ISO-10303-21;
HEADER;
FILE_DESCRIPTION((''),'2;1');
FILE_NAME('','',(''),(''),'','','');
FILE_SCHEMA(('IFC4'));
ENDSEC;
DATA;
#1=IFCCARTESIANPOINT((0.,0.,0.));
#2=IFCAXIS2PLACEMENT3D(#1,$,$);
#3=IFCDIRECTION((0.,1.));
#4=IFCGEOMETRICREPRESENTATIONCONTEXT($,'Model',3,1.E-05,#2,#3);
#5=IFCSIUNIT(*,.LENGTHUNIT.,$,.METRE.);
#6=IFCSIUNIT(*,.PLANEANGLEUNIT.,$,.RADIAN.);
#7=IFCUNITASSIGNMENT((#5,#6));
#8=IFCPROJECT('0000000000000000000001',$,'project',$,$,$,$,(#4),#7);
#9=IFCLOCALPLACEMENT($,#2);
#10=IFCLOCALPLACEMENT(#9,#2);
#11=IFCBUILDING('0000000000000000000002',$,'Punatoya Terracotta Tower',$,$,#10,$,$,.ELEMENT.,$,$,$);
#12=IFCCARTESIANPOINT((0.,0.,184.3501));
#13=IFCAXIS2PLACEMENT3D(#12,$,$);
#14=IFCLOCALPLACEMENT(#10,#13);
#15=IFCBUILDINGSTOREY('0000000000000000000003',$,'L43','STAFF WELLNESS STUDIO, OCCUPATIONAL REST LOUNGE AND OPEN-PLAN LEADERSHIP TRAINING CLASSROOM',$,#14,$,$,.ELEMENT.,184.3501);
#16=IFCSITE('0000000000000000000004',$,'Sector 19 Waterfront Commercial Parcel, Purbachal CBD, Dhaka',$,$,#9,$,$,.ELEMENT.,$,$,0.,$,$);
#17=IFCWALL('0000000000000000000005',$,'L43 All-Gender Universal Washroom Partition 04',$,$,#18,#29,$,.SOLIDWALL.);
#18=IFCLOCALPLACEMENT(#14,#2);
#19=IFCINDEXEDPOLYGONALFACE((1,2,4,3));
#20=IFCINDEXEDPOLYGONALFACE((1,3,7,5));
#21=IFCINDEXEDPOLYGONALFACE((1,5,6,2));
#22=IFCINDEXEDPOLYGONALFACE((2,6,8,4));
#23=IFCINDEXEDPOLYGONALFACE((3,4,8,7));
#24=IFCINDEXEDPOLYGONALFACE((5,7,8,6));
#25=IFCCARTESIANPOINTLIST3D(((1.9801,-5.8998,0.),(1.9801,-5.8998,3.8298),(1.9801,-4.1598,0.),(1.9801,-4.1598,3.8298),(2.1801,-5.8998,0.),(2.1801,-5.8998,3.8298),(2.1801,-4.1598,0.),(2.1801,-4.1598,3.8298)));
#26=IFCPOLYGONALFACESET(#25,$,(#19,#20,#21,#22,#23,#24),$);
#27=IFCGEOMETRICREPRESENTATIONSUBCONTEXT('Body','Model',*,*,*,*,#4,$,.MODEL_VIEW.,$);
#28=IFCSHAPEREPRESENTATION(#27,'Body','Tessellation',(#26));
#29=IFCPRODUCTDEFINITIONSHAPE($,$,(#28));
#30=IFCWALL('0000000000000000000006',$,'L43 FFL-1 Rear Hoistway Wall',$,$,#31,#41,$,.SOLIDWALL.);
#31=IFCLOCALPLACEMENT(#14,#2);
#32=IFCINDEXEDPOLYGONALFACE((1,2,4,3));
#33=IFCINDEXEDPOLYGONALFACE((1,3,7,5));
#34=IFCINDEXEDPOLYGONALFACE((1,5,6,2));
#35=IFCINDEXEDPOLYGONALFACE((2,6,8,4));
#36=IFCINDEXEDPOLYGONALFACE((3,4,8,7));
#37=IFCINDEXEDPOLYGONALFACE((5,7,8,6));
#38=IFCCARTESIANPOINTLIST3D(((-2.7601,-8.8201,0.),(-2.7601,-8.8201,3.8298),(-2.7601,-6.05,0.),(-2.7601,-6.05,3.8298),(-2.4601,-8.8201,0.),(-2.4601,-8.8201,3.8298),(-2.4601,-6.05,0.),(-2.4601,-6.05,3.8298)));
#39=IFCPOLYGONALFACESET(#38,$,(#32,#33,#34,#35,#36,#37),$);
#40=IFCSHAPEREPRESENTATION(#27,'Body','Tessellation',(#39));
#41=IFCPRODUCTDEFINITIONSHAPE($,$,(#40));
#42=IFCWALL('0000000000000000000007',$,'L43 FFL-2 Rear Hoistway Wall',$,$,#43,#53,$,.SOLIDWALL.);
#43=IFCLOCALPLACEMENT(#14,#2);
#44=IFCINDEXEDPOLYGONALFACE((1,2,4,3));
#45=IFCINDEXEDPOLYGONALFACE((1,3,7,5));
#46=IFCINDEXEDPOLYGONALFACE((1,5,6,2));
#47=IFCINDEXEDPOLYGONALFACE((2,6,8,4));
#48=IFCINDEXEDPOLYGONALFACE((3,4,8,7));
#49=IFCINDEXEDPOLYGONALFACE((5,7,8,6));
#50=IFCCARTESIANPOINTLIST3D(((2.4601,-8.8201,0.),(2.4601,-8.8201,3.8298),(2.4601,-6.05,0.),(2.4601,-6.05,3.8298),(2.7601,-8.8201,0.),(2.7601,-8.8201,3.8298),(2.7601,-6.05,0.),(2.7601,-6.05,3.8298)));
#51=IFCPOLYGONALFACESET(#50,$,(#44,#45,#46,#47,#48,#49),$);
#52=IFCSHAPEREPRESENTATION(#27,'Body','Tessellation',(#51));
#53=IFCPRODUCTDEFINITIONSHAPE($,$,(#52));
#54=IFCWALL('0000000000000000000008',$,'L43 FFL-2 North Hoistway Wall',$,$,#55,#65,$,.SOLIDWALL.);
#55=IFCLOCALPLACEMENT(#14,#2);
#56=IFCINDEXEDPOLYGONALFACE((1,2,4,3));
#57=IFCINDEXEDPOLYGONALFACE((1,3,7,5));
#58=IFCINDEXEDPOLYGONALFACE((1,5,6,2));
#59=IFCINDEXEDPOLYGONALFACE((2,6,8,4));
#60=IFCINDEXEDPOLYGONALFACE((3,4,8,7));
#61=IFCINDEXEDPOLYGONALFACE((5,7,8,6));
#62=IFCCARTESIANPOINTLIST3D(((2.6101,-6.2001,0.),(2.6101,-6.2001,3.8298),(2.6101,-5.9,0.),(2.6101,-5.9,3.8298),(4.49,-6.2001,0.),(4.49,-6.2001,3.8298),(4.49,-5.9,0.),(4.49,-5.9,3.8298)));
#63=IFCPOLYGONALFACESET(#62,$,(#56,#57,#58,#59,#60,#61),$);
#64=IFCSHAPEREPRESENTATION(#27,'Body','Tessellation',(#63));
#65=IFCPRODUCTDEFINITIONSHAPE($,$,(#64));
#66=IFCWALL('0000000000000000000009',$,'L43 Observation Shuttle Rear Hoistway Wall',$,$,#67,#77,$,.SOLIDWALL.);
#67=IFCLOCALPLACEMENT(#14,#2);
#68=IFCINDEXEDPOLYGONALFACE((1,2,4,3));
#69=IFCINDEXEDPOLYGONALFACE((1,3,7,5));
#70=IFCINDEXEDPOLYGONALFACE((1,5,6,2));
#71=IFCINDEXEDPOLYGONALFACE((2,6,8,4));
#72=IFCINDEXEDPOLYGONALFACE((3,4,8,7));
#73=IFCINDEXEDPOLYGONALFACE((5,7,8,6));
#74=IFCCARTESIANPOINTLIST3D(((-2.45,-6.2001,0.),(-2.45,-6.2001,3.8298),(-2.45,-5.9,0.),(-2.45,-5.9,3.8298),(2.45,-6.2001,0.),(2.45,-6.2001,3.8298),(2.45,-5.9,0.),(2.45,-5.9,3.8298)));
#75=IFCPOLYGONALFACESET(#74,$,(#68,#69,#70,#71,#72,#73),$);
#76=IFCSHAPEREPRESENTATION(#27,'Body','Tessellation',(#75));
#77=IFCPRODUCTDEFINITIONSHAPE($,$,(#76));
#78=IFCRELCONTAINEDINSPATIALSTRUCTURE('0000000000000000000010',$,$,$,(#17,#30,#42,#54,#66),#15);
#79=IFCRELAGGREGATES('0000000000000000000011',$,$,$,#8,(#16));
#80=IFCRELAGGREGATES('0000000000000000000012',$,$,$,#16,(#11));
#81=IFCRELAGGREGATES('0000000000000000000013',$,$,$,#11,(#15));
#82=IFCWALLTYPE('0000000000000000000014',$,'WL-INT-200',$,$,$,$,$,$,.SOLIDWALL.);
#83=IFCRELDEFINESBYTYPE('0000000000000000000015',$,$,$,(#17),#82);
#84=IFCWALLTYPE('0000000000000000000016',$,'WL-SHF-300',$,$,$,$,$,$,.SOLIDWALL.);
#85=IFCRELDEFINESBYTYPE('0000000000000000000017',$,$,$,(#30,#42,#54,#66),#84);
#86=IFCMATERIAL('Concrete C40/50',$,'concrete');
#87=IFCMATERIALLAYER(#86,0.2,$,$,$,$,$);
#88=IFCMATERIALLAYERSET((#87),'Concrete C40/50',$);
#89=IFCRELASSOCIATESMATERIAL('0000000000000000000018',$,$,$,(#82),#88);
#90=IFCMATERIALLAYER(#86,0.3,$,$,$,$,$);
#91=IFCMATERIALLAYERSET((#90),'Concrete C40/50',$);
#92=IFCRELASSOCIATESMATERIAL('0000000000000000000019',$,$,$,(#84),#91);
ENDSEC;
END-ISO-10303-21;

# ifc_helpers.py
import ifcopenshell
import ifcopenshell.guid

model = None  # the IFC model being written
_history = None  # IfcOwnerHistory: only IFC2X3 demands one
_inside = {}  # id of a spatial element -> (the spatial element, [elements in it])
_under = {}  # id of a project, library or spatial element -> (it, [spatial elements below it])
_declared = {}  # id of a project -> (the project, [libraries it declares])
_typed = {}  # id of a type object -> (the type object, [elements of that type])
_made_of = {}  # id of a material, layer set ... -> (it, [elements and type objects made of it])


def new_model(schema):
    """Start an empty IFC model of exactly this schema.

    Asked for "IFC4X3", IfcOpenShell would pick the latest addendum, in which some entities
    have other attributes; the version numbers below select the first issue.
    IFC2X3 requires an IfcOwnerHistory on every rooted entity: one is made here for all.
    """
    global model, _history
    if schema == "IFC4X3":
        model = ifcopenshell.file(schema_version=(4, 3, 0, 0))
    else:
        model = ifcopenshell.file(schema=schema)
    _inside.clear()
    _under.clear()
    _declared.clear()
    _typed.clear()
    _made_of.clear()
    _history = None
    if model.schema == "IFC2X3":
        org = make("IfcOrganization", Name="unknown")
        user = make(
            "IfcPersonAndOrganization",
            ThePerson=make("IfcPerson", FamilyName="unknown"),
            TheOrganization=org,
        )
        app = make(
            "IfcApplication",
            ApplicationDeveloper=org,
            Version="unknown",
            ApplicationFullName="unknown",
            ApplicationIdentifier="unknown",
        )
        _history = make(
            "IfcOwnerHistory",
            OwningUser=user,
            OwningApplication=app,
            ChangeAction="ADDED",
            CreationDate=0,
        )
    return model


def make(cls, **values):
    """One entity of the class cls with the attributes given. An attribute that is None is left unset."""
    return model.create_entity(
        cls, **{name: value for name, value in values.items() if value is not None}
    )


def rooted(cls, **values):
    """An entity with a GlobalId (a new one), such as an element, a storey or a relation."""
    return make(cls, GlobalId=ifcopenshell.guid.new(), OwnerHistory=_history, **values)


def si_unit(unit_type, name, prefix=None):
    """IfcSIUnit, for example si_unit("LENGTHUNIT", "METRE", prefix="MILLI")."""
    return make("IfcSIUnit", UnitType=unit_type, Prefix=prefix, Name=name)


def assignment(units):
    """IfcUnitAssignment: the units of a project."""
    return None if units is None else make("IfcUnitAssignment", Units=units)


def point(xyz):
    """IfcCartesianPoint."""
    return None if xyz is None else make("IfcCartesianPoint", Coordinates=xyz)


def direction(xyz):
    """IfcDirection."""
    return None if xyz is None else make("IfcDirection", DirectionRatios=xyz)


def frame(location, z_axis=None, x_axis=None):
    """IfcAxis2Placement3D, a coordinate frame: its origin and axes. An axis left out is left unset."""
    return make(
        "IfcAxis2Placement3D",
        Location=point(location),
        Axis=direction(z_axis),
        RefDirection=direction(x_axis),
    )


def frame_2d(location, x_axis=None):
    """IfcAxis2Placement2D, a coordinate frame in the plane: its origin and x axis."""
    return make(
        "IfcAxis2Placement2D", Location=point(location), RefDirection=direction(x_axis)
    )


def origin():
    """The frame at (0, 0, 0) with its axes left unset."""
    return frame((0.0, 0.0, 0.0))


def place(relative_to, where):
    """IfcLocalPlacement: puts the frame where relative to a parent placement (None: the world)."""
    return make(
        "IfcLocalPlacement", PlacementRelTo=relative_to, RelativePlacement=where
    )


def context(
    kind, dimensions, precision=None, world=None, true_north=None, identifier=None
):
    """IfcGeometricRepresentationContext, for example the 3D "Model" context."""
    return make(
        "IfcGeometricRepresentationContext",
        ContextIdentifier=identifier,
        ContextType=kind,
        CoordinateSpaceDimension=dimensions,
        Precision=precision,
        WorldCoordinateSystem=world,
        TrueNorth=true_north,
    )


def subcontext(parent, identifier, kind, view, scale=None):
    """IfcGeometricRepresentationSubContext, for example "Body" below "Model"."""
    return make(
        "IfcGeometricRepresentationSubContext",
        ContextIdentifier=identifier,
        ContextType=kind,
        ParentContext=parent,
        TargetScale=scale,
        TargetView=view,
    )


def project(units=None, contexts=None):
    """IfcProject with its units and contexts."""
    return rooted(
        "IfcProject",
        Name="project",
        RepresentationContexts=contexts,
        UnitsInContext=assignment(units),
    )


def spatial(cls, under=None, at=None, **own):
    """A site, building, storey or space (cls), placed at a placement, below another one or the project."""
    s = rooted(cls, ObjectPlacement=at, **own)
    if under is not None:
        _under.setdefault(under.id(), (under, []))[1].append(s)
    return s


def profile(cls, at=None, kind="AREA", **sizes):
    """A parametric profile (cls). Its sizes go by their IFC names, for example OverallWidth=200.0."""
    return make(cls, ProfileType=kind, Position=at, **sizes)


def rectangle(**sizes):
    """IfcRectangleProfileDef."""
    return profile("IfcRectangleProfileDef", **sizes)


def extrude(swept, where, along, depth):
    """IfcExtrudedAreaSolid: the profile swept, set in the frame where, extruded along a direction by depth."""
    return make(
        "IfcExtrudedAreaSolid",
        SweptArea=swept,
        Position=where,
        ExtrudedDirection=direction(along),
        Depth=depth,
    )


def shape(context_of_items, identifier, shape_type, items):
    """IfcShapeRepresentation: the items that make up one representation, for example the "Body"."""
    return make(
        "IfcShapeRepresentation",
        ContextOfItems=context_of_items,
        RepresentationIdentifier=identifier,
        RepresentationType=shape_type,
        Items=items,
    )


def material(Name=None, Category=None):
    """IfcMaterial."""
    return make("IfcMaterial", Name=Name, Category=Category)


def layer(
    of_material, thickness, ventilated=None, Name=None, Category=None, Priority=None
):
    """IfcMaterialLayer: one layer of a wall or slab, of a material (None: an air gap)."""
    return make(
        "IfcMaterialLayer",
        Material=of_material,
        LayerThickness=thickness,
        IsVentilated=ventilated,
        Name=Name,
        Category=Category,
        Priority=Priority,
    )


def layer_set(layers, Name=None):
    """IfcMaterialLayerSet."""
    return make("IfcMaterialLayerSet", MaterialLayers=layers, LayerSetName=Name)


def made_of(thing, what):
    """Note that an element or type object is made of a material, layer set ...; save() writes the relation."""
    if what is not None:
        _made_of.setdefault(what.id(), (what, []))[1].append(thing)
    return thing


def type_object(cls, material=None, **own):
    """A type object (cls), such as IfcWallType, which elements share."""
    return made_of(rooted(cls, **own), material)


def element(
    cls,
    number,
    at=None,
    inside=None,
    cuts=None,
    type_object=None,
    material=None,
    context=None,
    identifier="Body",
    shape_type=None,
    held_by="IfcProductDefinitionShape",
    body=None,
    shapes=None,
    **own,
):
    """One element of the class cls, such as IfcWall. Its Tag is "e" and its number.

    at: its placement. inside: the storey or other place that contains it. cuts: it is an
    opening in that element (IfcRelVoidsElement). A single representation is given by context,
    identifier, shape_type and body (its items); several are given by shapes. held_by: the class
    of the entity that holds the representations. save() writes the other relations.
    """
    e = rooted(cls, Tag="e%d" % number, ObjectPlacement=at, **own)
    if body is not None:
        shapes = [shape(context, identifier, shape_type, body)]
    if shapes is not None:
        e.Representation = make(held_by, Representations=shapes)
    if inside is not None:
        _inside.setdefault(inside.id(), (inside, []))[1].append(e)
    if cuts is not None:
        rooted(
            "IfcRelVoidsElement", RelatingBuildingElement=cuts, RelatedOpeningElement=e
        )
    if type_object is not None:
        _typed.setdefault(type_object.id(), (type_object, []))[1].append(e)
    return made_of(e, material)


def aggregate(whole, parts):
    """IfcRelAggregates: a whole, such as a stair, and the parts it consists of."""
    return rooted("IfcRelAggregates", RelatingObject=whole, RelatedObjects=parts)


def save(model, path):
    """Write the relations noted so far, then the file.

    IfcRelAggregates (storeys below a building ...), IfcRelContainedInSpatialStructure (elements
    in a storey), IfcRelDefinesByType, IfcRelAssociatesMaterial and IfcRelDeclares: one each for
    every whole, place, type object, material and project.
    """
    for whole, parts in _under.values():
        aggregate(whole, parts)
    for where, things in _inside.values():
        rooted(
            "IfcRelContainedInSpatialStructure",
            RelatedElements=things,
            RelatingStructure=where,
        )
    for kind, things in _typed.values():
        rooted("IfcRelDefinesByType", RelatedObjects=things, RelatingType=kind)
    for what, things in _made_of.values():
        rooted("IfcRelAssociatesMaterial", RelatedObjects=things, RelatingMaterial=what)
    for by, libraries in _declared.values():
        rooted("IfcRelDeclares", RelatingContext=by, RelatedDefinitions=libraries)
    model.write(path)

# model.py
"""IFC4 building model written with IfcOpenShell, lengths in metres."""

from ifc_helpers import new_model, si_unit, direction, frame, frame_2d, origin, place, context, subcontext, project, spatial, rectangle, extrude, material, layer, layer_set, type_object, element, save


model = new_model("IFC4")

# Units and contexts
model_context = context("Model", 3, precision=1e-05, world=origin(), true_north=direction((0.0, 1.0)))
body_context = subcontext(model_context, "Body", "Model", "MODEL_VIEW")
ifc_project = project(units=[si_unit("LENGTHUNIT", "METRE"), si_unit("PLANEANGLEUNIT", "RADIAN")], contexts=[model_context])

# Site, building, storey
site_placement = place(None, origin())
site = spatial("IfcSite", under=ifc_project, at=site_placement, Name="Sector 19 Waterfront Commercial Parcel, Purbachal CBD, Dhaka", CompositionType="ELEMENT", RefElevation=0.0)
building_placement = place(site_placement, origin())
building = spatial("IfcBuilding", under=site, at=building_placement, Name="Punatoya Terracotta Tower", CompositionType="ELEMENT")
storey_placement = place(building_placement, frame((0.0, 0.0, 184.3501)))
storey = spatial("IfcBuildingStorey", under=building, at=storey_placement, Name="L43", Description="STAFF WELLNESS STUDIO, OCCUPATIONAL REST LOUNGE AND OPEN-PLAN LEADERSHIP TRAINING CLASSROOM", CompositionType="ELEMENT", Elevation=184.3501)

# Shared definitions
ifc_material_1 = material(Name="Concrete C40/50", Category="concrete")

# Shared definitions
ifc_layer_1 = layer(ifc_material_1, 0.2)
ifc_layer_set_1 = layer_set([ifc_layer_1], Name="Concrete C40/50")
wall_type_1 = type_object("IfcWallType", Name="WL-INT-200", PredefinedType="SOLIDWALL", material=ifc_layer_set_1)

# Wall
wall_1_placement = place(storey_placement, frame((2.0801, -5.8999, 0.0), z_axis=(0.0, 0.0, 1.0), x_axis=(0.0, 1.0, 0.0)))
element("IfcWall", 1, at=wall_1_placement, inside=storey, type_object=wall_type_1, Name="L43 All-Gender Universal Washroom Partition 04", PredefinedType="SOLIDWALL", context=body_context, shape_type="SweptSolid", body=[
    extrude(rectangle(XDim=1.74, YDim=0.2, at=frame_2d((0.8701, 0.0))), origin(), (0.0, 0.0, 1.0), 3.8298),
])

# Walls
ifc_layer_2 = layer(ifc_material_1, 0.3)
ifc_layer_set_2 = layer_set([ifc_layer_2], Name="Concrete C40/50")
wall_type_2 = type_object("IfcWallType", Name="WL-SHF-300", PredefinedType="SOLIDWALL", material=ifc_layer_set_2)
for number, where, z_axis, x_axis, name in (
    (2, (-2.6101, -8.8201, 0.0), (0.0, 0.0, 1.0), (0.0, 1.0, 0.0), "L43 FFL-1 Rear Hoistway Wall"),
    (3, (2.6101, -8.8201, 0.0), (0.0, 0.0, 1.0), (0.0, 1.0, 0.0), "L43 FFL-2 Rear Hoistway Wall"),
):
    element("IfcWall", number, at=place(storey_placement, frame(where, z_axis=z_axis, x_axis=x_axis)), inside=storey, type_object=wall_type_2, Name=name, PredefinedType="SOLIDWALL", context=body_context, shape_type="SweptSolid", body=[
        extrude(rectangle(XDim=2.77, YDim=0.3, at=frame_2d((1.385, 0.0))), origin(), (0.0, 0.0, 1.0), 3.8298),
    ])
wall_2_placement = place(storey_placement, frame((2.6101, -6.05, 0.0), z_axis=(0.0, 0.0, 1.0), x_axis=(1.0, 0.0, 0.0)))
element("IfcWall", 4, at=wall_2_placement, inside=storey, type_object=wall_type_2, Name="L43 FFL-2 North Hoistway Wall", PredefinedType="SOLIDWALL", context=body_context, shape_type="SweptSolid", body=[
    extrude(rectangle(XDim=1.8799, YDim=0.3, at=frame_2d((0.9399, 0.0))), origin(), (0.0, 0.0, 1.0), 3.8298),
])
wall_3_placement = place(storey_placement, frame((-2.45, -6.05, 0.0), z_axis=(0.0, 0.0, 1.0), x_axis=(1.0, 0.0, 0.0)))
element("IfcWall", 5, at=wall_3_placement, inside=storey, type_object=wall_type_2, Name="L43 Observation Shuttle Rear Hoistway Wall", PredefinedType="SOLIDWALL", context=body_context, shape_type="SweptSolid", body=[
    extrude(rectangle(XDim=4.8999, YDim=0.3, at=frame_2d((2.45, 0.0))), origin(), (0.0, 0.0, 1.0), 3.8298),
])

save(model, "model.ifc")
